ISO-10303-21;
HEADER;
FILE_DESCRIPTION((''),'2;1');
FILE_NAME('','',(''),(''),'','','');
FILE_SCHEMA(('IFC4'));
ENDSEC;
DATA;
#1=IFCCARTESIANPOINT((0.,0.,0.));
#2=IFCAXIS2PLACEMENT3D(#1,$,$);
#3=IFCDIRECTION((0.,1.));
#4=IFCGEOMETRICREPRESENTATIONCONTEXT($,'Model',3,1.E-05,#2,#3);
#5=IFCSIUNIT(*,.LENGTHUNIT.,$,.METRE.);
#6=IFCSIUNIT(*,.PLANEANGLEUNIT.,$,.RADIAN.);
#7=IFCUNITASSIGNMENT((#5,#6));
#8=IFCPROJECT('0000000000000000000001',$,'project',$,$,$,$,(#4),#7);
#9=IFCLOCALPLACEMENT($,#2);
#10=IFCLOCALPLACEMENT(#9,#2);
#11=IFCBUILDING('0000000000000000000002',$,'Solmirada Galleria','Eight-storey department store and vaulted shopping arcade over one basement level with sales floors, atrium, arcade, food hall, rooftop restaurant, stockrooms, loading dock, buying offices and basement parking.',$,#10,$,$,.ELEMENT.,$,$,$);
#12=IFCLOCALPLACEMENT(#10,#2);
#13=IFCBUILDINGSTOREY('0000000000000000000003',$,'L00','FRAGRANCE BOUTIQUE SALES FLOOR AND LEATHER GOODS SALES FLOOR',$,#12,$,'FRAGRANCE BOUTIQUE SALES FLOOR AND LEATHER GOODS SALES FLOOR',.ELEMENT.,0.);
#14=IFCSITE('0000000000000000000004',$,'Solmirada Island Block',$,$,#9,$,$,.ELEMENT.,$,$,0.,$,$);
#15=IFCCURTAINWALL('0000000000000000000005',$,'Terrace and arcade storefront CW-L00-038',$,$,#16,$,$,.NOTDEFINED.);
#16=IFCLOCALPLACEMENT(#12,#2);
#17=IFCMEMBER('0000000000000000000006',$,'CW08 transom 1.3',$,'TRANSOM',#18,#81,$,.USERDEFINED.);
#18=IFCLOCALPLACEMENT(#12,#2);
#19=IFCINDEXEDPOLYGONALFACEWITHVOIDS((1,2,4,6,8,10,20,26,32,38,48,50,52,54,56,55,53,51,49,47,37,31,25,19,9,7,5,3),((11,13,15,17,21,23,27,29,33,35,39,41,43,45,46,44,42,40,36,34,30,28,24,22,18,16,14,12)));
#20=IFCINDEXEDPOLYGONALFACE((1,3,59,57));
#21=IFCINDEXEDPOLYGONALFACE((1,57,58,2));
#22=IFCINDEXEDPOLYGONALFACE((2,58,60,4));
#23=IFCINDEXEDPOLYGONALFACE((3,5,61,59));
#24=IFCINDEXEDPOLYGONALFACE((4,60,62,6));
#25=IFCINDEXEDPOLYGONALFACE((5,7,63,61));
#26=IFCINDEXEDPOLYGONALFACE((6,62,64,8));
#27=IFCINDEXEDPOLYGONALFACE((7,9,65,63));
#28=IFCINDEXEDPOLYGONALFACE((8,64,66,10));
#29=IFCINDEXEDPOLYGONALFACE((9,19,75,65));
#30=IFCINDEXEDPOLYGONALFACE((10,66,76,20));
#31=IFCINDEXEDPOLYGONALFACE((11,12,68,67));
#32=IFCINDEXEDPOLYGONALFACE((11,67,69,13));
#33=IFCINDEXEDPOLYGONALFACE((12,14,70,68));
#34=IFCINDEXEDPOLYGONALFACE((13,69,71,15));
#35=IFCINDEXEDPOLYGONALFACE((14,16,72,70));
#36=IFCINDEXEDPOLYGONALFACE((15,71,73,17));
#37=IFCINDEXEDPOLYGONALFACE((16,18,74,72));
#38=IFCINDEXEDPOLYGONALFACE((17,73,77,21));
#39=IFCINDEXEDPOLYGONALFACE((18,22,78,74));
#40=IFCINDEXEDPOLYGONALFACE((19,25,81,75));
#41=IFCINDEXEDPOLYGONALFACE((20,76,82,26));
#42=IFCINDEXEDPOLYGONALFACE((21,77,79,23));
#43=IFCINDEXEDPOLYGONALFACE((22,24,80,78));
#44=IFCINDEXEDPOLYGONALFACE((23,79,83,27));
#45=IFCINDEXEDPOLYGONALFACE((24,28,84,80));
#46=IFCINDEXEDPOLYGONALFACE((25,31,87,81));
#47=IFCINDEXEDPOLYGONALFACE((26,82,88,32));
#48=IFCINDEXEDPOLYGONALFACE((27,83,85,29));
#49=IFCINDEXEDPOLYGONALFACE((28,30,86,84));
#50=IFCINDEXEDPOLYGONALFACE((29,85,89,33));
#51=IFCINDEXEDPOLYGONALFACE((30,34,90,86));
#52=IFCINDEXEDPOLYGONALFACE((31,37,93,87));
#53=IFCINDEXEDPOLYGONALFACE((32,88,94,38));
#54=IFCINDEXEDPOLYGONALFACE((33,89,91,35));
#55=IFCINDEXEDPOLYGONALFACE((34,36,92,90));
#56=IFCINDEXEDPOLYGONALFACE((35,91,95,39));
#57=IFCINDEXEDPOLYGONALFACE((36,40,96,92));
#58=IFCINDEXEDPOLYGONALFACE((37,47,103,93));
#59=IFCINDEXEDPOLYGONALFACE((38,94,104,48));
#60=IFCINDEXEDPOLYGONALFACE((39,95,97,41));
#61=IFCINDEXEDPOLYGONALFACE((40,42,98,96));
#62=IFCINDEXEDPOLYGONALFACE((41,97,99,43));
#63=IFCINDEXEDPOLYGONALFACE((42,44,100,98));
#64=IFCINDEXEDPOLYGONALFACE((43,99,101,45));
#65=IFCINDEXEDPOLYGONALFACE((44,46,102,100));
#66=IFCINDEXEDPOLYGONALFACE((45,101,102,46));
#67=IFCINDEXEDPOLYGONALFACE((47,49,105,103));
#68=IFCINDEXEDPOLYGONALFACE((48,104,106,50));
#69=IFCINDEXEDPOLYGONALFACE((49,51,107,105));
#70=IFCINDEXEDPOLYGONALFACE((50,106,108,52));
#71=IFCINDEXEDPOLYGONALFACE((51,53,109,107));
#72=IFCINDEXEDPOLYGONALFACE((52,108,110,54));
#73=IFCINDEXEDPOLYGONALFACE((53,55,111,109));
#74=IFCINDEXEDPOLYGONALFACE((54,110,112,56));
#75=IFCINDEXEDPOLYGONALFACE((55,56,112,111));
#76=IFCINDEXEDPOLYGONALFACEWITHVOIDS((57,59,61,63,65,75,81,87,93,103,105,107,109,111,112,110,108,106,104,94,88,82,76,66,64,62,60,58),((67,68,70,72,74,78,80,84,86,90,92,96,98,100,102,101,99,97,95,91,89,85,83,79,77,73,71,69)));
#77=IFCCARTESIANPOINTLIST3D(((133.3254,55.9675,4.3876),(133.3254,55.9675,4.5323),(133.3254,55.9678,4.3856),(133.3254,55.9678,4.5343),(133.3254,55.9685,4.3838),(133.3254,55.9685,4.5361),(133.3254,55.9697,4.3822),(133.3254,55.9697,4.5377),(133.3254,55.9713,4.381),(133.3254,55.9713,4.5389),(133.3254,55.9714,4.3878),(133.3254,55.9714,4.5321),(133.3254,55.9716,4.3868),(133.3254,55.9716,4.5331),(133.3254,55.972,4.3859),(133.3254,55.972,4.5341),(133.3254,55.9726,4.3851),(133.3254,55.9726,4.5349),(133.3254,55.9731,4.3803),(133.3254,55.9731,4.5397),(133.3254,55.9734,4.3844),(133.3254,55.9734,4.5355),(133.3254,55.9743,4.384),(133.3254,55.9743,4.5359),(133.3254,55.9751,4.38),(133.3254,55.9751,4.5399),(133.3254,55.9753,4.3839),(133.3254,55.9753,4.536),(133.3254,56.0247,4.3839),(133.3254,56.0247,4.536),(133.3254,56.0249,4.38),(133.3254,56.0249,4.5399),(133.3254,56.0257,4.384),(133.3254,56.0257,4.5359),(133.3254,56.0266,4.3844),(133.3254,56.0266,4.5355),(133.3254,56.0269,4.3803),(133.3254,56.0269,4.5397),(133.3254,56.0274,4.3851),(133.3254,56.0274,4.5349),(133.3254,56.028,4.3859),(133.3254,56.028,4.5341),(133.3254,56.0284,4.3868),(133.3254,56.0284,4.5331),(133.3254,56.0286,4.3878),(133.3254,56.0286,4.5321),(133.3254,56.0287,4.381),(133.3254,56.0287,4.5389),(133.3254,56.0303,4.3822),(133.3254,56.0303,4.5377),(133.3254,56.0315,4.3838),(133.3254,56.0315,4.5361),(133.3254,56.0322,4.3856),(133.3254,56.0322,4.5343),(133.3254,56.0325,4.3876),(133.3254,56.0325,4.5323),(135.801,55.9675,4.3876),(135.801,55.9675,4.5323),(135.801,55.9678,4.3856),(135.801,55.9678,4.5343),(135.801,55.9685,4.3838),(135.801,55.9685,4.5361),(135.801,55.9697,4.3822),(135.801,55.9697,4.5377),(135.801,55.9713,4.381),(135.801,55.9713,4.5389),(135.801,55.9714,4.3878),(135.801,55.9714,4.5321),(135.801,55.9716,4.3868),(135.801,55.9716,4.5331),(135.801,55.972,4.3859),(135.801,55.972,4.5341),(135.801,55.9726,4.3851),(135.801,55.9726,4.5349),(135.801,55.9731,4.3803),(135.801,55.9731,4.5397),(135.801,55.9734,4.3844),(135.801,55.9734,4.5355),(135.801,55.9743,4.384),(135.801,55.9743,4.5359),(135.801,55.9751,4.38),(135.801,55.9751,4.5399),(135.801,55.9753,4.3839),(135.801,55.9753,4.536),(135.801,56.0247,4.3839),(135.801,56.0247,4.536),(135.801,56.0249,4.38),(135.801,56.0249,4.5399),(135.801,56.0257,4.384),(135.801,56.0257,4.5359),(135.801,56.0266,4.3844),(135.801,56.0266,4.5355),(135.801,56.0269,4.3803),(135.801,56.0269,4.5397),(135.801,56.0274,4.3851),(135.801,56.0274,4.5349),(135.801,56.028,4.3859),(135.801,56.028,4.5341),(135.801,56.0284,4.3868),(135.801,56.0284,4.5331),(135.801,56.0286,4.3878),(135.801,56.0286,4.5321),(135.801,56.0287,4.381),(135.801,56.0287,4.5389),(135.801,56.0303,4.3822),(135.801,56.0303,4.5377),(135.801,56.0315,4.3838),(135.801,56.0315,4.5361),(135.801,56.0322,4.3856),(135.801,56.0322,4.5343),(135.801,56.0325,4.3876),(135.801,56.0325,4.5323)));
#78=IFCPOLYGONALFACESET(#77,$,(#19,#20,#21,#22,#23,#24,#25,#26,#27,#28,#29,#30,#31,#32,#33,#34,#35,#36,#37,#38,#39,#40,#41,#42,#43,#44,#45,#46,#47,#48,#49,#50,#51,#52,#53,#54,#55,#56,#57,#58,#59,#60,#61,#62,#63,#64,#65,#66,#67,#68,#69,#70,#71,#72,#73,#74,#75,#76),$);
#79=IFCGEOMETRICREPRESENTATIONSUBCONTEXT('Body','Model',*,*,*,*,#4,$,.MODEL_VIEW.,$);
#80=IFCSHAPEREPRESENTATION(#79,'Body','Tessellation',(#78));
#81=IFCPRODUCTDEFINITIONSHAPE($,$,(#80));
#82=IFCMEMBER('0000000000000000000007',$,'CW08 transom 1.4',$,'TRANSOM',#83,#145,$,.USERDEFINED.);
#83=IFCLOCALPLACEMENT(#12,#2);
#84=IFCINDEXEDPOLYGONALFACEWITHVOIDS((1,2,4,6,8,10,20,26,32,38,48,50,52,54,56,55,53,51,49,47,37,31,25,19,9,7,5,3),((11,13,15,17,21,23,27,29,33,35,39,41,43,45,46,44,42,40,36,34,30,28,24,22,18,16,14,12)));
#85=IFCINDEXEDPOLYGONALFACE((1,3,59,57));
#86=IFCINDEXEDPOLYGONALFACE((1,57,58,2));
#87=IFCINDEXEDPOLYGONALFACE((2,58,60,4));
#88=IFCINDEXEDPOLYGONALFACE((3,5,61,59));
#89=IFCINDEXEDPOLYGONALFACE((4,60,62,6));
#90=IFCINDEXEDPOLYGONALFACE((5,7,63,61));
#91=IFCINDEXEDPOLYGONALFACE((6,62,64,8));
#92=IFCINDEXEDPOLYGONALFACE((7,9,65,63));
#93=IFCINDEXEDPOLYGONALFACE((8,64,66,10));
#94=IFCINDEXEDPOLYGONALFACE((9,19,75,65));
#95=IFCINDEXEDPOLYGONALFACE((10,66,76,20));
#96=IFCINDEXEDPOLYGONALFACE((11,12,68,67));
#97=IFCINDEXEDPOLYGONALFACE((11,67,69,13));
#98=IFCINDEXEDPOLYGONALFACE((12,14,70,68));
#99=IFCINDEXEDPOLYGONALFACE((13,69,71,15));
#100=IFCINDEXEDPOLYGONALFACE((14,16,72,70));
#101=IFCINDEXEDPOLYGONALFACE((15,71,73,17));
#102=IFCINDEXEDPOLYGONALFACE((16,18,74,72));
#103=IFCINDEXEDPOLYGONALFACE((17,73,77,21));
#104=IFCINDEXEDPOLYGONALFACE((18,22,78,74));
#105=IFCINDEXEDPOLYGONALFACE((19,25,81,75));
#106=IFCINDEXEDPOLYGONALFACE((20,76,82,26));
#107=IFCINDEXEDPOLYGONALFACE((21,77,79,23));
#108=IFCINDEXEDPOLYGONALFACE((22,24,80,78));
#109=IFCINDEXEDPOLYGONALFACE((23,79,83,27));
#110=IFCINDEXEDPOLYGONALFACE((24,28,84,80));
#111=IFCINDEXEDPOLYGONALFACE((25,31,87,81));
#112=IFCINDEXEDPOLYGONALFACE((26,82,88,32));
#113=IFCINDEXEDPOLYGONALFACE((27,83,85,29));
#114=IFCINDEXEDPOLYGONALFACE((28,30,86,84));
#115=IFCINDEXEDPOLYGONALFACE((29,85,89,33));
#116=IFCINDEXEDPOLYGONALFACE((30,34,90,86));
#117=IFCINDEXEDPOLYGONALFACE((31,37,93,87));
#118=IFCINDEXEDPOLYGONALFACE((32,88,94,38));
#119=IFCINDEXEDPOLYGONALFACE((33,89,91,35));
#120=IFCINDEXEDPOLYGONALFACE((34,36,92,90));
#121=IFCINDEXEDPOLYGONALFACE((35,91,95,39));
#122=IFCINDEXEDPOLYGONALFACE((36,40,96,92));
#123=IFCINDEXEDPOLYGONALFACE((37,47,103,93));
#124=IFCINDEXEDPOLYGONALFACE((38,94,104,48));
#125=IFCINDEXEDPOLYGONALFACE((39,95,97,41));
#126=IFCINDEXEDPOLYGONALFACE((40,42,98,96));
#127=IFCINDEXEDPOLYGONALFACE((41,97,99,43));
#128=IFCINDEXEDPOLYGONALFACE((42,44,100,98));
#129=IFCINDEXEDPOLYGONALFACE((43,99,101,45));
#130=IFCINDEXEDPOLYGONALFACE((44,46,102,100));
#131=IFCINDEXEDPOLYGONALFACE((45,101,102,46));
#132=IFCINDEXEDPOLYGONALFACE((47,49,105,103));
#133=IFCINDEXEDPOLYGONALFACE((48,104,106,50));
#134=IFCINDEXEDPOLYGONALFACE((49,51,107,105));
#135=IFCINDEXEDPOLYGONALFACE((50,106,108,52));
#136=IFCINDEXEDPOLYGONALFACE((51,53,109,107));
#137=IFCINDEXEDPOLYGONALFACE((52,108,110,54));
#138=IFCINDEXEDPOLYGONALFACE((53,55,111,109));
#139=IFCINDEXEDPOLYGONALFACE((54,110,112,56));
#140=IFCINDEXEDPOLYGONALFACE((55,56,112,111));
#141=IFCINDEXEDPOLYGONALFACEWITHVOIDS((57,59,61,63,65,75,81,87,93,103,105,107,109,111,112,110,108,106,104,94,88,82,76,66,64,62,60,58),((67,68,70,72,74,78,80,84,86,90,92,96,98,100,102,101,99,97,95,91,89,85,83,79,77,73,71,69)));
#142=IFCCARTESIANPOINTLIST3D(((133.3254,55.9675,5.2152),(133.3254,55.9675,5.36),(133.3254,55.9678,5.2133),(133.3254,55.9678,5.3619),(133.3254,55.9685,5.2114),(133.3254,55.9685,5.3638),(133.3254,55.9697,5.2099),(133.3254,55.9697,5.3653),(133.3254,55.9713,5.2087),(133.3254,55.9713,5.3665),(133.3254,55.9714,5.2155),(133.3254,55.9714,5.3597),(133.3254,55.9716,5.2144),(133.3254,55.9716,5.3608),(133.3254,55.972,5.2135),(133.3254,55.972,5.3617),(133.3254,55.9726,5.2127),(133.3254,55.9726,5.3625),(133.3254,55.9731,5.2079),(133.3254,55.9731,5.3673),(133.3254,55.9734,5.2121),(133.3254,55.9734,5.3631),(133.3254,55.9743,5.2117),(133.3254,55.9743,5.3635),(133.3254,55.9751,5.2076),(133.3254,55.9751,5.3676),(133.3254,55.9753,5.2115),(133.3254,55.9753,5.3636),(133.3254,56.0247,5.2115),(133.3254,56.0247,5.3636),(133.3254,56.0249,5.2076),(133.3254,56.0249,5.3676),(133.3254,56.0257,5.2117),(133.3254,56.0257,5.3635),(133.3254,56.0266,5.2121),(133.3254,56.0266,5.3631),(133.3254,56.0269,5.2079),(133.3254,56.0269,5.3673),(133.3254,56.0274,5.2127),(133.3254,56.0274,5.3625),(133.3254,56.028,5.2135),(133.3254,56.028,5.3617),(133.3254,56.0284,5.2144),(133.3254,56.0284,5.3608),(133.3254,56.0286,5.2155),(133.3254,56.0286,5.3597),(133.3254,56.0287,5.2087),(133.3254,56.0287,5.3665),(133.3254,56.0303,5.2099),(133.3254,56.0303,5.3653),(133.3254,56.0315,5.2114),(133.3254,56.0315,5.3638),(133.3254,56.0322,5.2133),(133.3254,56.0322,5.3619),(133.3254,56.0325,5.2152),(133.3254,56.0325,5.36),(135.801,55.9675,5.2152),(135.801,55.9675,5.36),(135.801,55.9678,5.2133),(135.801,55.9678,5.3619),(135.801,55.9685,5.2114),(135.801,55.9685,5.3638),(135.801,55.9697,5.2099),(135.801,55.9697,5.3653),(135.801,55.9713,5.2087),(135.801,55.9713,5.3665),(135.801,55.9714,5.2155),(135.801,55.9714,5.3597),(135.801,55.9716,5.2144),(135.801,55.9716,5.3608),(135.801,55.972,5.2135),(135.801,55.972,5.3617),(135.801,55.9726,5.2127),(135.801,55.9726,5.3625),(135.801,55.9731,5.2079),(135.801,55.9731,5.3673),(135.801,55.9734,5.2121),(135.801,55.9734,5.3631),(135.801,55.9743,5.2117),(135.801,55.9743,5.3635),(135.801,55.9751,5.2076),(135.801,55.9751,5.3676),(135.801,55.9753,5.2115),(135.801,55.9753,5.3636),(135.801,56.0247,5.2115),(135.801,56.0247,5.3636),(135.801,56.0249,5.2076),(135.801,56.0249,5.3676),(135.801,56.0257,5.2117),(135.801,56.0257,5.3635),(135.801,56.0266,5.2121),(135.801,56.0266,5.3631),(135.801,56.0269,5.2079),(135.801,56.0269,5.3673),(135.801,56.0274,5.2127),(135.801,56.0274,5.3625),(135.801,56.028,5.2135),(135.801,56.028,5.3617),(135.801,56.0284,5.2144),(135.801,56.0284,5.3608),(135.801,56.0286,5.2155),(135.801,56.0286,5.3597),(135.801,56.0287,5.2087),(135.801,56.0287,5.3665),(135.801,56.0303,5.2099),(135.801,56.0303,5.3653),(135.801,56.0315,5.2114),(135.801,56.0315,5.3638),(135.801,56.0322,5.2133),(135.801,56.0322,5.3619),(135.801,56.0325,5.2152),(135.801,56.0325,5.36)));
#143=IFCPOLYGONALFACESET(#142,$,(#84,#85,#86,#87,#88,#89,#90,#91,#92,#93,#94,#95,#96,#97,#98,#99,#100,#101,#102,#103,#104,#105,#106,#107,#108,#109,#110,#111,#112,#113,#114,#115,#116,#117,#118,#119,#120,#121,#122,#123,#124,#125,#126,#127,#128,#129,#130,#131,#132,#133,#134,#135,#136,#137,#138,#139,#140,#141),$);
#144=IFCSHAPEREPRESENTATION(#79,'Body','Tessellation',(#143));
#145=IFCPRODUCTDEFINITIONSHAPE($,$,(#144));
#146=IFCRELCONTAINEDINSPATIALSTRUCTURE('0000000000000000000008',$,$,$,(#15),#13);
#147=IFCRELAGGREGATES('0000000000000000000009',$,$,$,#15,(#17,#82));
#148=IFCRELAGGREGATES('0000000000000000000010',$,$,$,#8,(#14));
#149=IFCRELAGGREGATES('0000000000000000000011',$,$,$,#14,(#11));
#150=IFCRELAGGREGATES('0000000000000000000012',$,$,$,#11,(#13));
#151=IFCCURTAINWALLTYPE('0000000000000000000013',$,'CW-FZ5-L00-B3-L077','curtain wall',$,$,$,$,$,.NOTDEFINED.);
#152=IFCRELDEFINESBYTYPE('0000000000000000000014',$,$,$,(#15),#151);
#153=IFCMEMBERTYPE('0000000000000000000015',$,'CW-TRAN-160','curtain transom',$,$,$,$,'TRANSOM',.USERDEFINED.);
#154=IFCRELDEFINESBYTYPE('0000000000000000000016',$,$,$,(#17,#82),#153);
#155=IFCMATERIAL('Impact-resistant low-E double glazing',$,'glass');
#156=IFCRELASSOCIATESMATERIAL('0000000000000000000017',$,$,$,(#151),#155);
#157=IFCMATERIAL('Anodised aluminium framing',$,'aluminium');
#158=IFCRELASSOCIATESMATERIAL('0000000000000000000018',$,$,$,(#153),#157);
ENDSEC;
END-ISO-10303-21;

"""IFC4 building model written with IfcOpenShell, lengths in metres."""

from ifc_helpers import new_model, si_unit, direction, frame, origin, origin_2d, place, context, subcontext, project, spatial, hollow_rectangle, extrude, material, material_profile, profile_set, type_object, element, aggregate, save


model = new_model("IFC4")

# Units and contexts
model_context = context("Model", 3, precision=1e-05, world=origin(), true_north=direction((0.0, 1.0)))
body_context = subcontext(model_context, "Body", "Model", "MODEL_VIEW")
ifc_project = project(units=[si_unit("LENGTHUNIT", "METRE"), si_unit("PLANEANGLEUNIT", "RADIAN")], contexts=[model_context])

# Site, building, storey
site_placement = place(None, origin())
site = spatial("IfcSite", under=ifc_project, at=site_placement, Name="Solmirada Island Block", CompositionType="ELEMENT", RefElevation=0.0)
building_placement = place(site_placement, origin())
building = spatial("IfcBuilding", under=site, at=building_placement, Name="Solmirada Galleria", Description="Eight-storey department store and vaulted shopping arcade over one basement level with sales floors, atrium, arcade, food hall, rooftop restaurant, stockrooms, loading dock, buying offices and basement parking.", CompositionType="ELEMENT")
storey_placement = place(building_placement, origin())
storey = spatial("IfcBuildingStorey", under=building, at=storey_placement, Name="L00", Description="FRAGRANCE BOUTIQUE SALES FLOOR AND LEATHER GOODS SALES FLOOR", LongName="FRAGRANCE BOUTIQUE SALES FLOOR AND LEATHER GOODS SALES FLOOR", CompositionType="ELEMENT", Elevation=0.0)

# Curtain wall
ifc_material_1 = material(Name="Impact-resistant low-E double glazing", Category="glass")
curtain_wall_type = type_object("IfcCurtainWallType", Name="CW-FZ5-L00-B3-L077", Description="curtain wall", PredefinedType="NOTDEFINED", material=ifc_material_1)
ifc_material_2 = material(Name="Anodised aluminium framing", Category="aluminium")
curtain_wall_1_placement = place(storey_placement, origin())
curtain_wall_1 = element("IfcCurtainWall", 1, at=curtain_wall_1_placement, inside=storey, type_object=curtain_wall_type, Name="Terrace and arcade storefront CW-L00-038", PredefinedType="NOTDEFINED")

# Members
ifc_material_profile_1 = material_profile(ifc_material_2, hollow_rectangle(XDim=0.0649, YDim=0.1599, WallThickness=0.0039, InnerFilletRadius=0.0039, OuterFilletRadius=0.0076, at=origin_2d()), Name="ALU-TRAN-160X65")
ifc_profile_set_1 = profile_set([ifc_material_profile_1], Name="Anodised aluminium framing")
member_type_1 = type_object("IfcMemberType", Name="CW-TRAN-160", Description="curtain transom", ElementType="TRANSOM", PredefinedType="USERDEFINED", material=ifc_profile_set_1)
member_1_placement = place(storey_placement, frame((135.801, 56.0, 4.46), z_axis=(-1.0, 0.0, 0.0), x_axis=(0.0, -1.0, 0.0)))
member_1 = element("IfcMember", 2, at=member_1_placement, type_object=member_type_1, Name="CW08 transom 1.3", ObjectType="TRANSOM", PredefinedType="USERDEFINED", context=body_context, shape_type="SweptSolid", body=[
    extrude(hollow_rectangle(XDim=0.0649, YDim=0.1599, WallThickness=0.0039, InnerFilletRadius=0.0039, OuterFilletRadius=0.0076, at=origin_2d()), origin(), (0.0, 0.0, 1.0), 2.4756),
])
member_2_placement = place(storey_placement, frame((135.801, 56.0, 5.2876), z_axis=(-1.0, 0.0, 0.0), x_axis=(0.0, -1.0, 0.0)))
member_2 = element("IfcMember", 3, at=member_2_placement, type_object=member_type_1, Name="CW08 transom 1.4", ObjectType="TRANSOM", PredefinedType="USERDEFINED", context=body_context, shape_type="SweptSolid", body=[
    extrude(hollow_rectangle(XDim=0.0649, YDim=0.1599, WallThickness=0.0039, InnerFilletRadius=0.0039, OuterFilletRadius=0.0076, at=origin_2d()), origin(), (0.0, 0.0, 1.0), 2.4756),
])

aggregate(curtain_wall_1, [member_1, member_2])

save(model, "model.ifc")
